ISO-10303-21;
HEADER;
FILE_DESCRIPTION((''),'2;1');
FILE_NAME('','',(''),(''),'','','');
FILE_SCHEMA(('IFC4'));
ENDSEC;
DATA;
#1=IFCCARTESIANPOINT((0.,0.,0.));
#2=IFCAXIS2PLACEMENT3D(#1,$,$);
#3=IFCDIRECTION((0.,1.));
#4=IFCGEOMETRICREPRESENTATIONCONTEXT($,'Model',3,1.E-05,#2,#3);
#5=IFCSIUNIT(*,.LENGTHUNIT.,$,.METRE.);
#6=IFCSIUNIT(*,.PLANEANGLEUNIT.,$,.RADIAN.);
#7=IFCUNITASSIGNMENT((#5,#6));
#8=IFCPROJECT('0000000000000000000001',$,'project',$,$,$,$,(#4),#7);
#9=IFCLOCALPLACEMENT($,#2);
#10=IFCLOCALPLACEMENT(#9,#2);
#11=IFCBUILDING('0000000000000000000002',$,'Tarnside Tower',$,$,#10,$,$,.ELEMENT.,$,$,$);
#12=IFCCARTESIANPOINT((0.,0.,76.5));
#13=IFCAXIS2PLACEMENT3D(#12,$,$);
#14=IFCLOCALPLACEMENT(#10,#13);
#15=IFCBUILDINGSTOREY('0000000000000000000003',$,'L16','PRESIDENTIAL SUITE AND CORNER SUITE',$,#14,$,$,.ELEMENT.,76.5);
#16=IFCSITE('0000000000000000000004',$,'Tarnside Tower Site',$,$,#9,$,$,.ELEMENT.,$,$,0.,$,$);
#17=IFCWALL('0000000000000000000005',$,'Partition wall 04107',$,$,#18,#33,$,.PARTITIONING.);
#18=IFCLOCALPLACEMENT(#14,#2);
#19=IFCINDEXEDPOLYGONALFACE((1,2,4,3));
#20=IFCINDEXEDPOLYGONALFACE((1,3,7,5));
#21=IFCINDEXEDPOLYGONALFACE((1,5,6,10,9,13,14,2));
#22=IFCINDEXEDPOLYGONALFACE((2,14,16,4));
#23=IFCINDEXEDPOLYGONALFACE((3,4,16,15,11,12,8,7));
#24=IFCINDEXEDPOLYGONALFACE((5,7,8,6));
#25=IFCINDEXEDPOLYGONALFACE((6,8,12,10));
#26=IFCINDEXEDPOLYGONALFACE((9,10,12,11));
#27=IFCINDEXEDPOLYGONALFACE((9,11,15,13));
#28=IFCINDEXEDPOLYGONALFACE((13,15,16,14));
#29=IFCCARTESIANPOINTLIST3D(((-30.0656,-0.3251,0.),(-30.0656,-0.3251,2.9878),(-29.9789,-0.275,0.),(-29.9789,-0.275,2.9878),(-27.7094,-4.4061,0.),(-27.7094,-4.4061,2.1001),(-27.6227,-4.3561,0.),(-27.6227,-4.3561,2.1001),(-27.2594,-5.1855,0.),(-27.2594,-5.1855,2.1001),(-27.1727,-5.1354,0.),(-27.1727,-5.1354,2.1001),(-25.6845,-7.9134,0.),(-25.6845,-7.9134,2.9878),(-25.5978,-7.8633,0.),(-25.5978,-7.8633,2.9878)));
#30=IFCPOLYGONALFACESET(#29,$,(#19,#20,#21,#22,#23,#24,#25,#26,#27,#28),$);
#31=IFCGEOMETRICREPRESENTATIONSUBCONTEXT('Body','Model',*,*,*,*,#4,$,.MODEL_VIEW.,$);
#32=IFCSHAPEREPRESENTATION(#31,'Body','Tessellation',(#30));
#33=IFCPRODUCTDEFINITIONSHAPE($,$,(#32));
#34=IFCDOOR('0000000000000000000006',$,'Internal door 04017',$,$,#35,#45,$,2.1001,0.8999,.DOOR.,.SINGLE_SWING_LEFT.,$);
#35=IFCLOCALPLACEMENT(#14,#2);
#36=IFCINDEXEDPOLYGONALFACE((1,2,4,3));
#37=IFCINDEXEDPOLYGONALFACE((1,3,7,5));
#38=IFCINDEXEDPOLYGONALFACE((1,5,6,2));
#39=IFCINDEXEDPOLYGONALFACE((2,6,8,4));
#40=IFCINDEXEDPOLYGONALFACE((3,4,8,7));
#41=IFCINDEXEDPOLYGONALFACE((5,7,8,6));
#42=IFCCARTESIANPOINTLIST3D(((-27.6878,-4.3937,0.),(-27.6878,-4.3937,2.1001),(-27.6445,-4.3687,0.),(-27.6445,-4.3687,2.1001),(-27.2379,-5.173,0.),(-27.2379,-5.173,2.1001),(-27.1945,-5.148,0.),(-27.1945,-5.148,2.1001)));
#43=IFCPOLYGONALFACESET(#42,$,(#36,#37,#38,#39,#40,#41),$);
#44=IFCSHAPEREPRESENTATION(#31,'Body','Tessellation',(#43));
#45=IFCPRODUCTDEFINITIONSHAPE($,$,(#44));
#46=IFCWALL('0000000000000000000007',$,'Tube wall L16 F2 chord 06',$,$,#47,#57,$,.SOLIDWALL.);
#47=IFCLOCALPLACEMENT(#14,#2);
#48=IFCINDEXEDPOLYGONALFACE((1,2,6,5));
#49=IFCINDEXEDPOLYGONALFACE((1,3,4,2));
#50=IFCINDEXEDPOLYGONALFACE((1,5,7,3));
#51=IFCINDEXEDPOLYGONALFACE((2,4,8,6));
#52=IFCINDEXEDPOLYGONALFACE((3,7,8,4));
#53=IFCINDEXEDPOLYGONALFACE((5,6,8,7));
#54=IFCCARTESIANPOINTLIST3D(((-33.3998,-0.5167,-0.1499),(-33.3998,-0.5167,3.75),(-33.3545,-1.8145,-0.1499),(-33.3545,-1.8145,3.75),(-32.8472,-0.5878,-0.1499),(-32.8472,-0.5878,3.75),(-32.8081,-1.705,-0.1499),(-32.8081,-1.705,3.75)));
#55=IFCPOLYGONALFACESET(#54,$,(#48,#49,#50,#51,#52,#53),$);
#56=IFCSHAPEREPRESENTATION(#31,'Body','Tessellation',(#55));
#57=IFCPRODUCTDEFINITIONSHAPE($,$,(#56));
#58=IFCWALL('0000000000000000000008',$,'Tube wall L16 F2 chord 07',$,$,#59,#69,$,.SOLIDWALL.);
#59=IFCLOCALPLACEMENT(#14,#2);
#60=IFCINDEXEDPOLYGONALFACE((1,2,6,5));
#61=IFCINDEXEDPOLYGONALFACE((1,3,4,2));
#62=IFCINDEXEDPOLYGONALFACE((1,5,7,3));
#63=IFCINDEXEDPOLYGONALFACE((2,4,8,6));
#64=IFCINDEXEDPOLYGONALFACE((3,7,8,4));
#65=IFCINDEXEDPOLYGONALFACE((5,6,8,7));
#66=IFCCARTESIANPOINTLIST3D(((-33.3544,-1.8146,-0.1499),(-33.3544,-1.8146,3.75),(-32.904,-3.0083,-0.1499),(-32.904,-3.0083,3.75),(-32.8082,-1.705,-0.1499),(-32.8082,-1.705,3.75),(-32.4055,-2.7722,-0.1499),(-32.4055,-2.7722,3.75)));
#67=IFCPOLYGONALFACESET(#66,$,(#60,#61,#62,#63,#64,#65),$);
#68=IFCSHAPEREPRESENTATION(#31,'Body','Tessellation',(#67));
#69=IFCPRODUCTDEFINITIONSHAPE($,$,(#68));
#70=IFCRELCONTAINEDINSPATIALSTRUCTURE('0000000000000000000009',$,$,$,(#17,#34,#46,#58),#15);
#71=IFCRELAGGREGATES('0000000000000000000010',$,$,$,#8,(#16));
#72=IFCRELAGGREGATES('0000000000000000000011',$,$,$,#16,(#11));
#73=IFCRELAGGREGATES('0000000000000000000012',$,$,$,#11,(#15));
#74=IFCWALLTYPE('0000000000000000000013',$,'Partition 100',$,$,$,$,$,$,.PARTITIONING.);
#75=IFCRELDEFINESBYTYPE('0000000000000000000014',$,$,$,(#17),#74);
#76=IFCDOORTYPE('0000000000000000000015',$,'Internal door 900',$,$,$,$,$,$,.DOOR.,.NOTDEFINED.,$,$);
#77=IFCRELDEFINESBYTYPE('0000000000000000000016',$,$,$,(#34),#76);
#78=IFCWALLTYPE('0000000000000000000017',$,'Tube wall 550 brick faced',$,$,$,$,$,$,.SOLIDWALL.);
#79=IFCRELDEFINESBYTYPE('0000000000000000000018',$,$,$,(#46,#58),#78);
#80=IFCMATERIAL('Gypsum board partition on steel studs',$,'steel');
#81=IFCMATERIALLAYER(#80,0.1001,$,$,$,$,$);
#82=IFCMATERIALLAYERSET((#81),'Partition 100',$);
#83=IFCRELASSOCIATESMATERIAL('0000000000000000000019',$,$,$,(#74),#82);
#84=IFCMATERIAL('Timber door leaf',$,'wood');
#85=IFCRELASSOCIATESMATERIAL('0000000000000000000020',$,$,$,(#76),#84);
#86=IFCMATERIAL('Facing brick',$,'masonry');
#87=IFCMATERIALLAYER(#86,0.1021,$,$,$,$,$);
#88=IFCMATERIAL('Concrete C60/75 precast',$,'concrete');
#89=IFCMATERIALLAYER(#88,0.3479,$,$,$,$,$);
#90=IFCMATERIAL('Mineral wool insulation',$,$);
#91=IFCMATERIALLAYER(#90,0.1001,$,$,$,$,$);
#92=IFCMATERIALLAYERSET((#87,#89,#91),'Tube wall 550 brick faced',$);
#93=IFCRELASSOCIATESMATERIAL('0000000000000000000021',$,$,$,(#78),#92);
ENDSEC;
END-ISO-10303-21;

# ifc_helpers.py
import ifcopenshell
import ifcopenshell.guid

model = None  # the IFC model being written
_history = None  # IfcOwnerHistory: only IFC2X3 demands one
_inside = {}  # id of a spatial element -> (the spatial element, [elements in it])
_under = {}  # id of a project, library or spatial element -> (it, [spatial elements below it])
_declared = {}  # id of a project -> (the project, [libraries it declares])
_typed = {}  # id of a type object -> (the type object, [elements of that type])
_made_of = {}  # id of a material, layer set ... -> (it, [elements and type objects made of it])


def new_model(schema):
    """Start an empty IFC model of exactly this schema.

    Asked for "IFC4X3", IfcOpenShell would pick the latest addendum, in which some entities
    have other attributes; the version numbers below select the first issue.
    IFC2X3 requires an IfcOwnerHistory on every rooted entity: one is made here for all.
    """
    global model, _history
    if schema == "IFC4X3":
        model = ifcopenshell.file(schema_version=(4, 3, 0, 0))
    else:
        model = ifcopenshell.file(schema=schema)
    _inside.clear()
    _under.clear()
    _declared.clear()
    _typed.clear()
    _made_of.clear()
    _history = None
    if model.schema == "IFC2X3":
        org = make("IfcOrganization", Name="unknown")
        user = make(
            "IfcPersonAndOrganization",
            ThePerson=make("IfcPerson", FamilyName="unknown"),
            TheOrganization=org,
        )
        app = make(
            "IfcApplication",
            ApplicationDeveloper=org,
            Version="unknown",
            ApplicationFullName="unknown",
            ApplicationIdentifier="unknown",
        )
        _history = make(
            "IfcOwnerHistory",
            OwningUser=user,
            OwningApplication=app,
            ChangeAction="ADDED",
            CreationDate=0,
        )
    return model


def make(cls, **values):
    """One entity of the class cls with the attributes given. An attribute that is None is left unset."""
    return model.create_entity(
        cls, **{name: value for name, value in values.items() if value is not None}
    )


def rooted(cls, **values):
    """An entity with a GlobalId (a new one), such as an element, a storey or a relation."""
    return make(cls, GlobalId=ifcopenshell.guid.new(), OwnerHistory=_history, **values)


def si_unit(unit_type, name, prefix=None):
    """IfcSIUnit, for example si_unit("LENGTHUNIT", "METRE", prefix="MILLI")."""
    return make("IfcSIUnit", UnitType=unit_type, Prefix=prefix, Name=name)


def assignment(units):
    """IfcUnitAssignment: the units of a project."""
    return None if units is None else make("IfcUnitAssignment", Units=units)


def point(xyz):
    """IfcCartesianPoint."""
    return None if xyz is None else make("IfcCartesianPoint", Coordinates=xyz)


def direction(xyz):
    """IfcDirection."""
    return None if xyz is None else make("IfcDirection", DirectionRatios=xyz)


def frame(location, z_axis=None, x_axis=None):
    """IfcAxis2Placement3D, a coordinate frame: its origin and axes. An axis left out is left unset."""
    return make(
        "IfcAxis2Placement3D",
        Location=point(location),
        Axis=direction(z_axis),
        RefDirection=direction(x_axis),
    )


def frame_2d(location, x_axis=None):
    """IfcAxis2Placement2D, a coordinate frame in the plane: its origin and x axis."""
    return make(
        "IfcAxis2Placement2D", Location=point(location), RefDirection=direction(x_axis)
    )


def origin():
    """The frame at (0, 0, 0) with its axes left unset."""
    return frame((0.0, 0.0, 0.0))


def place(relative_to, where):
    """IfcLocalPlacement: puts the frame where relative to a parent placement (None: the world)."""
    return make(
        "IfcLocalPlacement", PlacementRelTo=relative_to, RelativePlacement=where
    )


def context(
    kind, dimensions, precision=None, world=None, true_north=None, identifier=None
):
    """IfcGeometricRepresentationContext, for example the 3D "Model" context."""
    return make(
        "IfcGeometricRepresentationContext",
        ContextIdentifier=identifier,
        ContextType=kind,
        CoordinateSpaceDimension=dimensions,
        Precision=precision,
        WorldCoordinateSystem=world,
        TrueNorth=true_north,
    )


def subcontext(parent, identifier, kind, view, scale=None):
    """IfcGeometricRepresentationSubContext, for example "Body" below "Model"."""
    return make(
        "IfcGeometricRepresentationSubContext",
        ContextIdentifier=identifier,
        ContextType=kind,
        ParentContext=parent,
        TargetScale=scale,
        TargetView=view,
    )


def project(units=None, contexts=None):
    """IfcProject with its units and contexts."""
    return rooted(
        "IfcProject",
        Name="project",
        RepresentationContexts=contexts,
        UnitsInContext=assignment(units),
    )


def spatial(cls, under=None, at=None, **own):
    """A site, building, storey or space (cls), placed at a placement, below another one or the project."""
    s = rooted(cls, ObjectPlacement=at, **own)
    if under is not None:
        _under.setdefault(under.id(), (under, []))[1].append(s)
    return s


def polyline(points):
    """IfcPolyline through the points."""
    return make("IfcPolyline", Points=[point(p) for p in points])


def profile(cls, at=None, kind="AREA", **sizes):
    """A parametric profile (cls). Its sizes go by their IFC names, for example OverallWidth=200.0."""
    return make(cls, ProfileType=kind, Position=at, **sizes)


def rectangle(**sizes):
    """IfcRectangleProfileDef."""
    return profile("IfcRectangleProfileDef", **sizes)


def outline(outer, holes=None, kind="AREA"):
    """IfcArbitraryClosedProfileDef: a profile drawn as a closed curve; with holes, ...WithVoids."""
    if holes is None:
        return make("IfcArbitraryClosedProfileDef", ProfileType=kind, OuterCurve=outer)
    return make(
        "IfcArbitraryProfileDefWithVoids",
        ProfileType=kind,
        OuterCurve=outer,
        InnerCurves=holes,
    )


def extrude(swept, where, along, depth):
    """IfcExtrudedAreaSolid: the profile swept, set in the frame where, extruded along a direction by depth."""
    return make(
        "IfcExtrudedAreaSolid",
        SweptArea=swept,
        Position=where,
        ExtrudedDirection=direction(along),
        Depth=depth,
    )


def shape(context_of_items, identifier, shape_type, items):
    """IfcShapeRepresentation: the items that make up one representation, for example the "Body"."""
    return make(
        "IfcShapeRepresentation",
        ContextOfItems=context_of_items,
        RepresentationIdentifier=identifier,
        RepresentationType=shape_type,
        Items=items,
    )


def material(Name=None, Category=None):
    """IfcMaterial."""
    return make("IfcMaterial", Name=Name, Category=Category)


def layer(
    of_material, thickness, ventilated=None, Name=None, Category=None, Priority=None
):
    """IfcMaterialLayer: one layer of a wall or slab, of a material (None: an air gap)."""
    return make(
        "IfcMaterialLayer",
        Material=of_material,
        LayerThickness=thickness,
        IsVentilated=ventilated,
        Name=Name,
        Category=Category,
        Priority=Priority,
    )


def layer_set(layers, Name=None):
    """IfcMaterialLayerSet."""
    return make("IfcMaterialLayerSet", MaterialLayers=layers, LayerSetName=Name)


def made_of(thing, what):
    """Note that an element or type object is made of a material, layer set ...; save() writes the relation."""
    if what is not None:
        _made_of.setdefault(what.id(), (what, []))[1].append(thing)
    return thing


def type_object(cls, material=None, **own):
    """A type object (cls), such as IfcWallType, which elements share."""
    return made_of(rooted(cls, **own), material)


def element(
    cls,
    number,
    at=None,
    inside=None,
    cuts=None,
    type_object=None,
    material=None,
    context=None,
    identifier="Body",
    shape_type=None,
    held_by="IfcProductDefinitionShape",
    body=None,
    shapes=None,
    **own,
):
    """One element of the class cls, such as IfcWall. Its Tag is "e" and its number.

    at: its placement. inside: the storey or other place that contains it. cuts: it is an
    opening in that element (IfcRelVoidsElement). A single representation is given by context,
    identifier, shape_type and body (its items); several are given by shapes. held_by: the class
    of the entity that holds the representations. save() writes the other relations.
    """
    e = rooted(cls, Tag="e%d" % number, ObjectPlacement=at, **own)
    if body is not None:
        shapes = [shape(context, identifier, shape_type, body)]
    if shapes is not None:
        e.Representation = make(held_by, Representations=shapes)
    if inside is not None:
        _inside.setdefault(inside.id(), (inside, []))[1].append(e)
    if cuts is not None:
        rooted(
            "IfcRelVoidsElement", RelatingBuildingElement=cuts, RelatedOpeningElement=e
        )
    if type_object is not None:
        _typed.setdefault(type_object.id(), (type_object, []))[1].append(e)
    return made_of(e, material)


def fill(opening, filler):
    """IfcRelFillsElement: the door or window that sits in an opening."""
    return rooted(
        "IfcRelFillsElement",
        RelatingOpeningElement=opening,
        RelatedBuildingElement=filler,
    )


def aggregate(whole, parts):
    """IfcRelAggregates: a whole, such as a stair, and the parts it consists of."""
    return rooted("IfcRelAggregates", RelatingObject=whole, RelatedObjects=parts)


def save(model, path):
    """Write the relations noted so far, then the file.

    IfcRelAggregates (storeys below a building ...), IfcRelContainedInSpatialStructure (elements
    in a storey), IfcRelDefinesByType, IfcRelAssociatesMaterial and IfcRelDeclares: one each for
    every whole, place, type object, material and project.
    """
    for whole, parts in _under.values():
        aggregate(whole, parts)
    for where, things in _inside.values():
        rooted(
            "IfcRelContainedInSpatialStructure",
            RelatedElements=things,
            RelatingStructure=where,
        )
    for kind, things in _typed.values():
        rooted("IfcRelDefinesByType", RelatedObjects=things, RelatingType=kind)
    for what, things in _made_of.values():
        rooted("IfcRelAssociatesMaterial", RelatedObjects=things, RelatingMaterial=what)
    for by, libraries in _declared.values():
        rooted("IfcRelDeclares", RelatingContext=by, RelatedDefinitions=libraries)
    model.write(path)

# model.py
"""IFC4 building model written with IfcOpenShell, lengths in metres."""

from ifc_helpers import new_model, si_unit, direction, frame, frame_2d, origin, place, context, subcontext, project, spatial, polyline, rectangle, outline, extrude, material, layer, layer_set, type_object, element, fill, save


model = new_model("IFC4")

# Units and contexts
model_context = context("Model", 3, precision=1e-05, world=origin(), true_north=direction((0.0, 1.0)))
body_context = subcontext(model_context, "Body", "Model", "MODEL_VIEW")
ifc_project = project(units=[si_unit("LENGTHUNIT", "METRE"), si_unit("PLANEANGLEUNIT", "RADIAN")], contexts=[model_context])

# Site, building, storey
site_placement = place(None, origin())
site = spatial("IfcSite", under=ifc_project, at=site_placement, Name="Tarnside Tower Site", CompositionType="ELEMENT", RefElevation=0.0)
building_placement = place(site_placement, origin())
building = spatial("IfcBuilding", under=site, at=building_placement, Name="Tarnside Tower", CompositionType="ELEMENT")
storey_placement = place(building_placement, frame((0.0, 0.0, 76.5)))
storey = spatial("IfcBuildingStorey", under=building, at=storey_placement, Name="L16", Description="PRESIDENTIAL SUITE AND CORNER SUITE", CompositionType="ELEMENT", Elevation=76.5)

# Wall, opening, door
ifc_material_1 = material(Name="Gypsum board partition on steel studs", Category="steel")
ifc_layer_1 = layer(ifc_material_1, 0.1001)
ifc_layer_set_1 = layer_set([ifc_layer_1], Name="Partition 100")
wall_type_1 = type_object("IfcWallType", Name="Partition 100", PredefinedType="PARTITIONING", material=ifc_layer_set_1)
wall_1_placement = place(storey_placement, frame((-30.0222, -0.3, 0.0), z_axis=(0.0, 0.0, 1.0), x_axis=(0.499996, -0.866028, 0.0)))
wall_1 = element("IfcWall", 1, at=wall_1_placement, inside=storey, type_object=wall_type_1, Name="Partition wall 04107", PredefinedType="PARTITIONING", context=body_context, shape_type="SweptSolid", body=[
    extrude(rectangle(XDim=8.7622, YDim=0.1001, at=frame_2d((4.3811, 0.0))), origin(), (0.0, 0.0, 1.0), 2.9878),
])
opening_1_placement = place(wall_1_placement, frame((4.7124, 0.0, 0.0)))
opening_1 = element("IfcOpeningElement", 2, at=opening_1_placement, cuts=wall_1, PredefinedType="OPENING", context=body_context, shape_type="SweptSolid", body=[
    extrude(rectangle(XDim=0.8999, YDim=2.1001, at=frame_2d((0.45, 1.05))), frame((0.0, 0.0601, 0.0), z_axis=(0.0, -1.0, 0.0), x_axis=(1.0, 0.0, 0.0)), (0.0, 0.0, 1.0), 0.1201),
])
ifc_material_2 = material(Name="Timber door leaf", Category="wood")
door_type = type_object("IfcDoorType", Name="Internal door 900", OperationType="NOTDEFINED", PredefinedType="DOOR", material=ifc_material_2)
door_placement = place(opening_1_placement, origin())
door = element("IfcDoor", 3, at=door_placement, inside=storey, type_object=door_type, Name="Internal door 04017", OperationType="SINGLE_SWING_LEFT", OverallHeight=2.1001, OverallWidth=0.8999, PredefinedType="DOOR", context=body_context, shape_type="SweptSolid", body=[
    extrude(rectangle(XDim=0.8999, YDim=2.1001, at=frame_2d((0.45, 1.05))), frame((0.0, 0.0249, 0.0), z_axis=(0.0, -1.0, 0.0), x_axis=(1.0, 0.0, 0.0)), (0.0, 0.0, 1.0), 0.05),
])
fill(opening_1, door)

# Walls
ifc_material_3 = material(Name="Facing brick", Category="masonry")
ifc_layer_2 = layer(ifc_material_3, 0.1021)
ifc_material_4 = material(Name="Concrete C60/75 precast", Category="concrete")
ifc_layer_3 = layer(ifc_material_4, 0.3479)
ifc_material_5 = material(Name="Mineral wool insulation")
ifc_layer_4 = layer(ifc_material_5, 0.1001)
ifc_layer_set_2 = layer_set([ifc_layer_2, ifc_layer_3, ifc_layer_4], Name="Tube wall 550 brick faced")
wall_type_2 = type_object("IfcWallType", Name="Tube wall 550 brick faced", PredefinedType="SOLIDWALL", material=ifc_layer_set_2)
wall_2_placement = place(storey_placement, frame((-33.1235, -0.5522, -0.1499), z_axis=(0.0, 0.0, 1.0), x_axis=(0.034956, -0.999389, 0.0)))
element("IfcWall", 4, at=wall_2_placement, inside=storey, type_object=wall_type_2, Name="Tube wall L16 F2 chord 06", PredefinedType="SOLIDWALL", context=body_context, shape_type="SweptSolid", body=[
    extrude(outline(polyline([(-0.0452, -0.2749), (1.2534, -0.2749), (1.1631, 0.2749), (0.0452, 0.2749), (-0.0452, -0.2749)])), origin(), (0.0, 0.0, 1.0), 3.8999),
])
wall_3_placement = place(storey_placement, frame((-33.0813, -1.7598, -0.1499), z_axis=(0.0, 0.0, 1.0), x_axis=(0.353027, -0.935613, 0.0)))
element("IfcWall", 5, at=wall_3_placement, inside=storey, type_object=wall_type_2, Name="Tube wall L16 F2 chord 07", PredefinedType="SOLIDWALL", context=body_context, shape_type="SweptSolid", body=[
    extrude(outline(polyline([(-0.0452, -0.2749), (1.2307, -0.2749), (1.1858, 0.2749), (0.0452, 0.2749), (-0.0452, -0.2749)])), origin(), (0.0, 0.0, 1.0), 3.8999),
])

save(model, "model.ifc")
